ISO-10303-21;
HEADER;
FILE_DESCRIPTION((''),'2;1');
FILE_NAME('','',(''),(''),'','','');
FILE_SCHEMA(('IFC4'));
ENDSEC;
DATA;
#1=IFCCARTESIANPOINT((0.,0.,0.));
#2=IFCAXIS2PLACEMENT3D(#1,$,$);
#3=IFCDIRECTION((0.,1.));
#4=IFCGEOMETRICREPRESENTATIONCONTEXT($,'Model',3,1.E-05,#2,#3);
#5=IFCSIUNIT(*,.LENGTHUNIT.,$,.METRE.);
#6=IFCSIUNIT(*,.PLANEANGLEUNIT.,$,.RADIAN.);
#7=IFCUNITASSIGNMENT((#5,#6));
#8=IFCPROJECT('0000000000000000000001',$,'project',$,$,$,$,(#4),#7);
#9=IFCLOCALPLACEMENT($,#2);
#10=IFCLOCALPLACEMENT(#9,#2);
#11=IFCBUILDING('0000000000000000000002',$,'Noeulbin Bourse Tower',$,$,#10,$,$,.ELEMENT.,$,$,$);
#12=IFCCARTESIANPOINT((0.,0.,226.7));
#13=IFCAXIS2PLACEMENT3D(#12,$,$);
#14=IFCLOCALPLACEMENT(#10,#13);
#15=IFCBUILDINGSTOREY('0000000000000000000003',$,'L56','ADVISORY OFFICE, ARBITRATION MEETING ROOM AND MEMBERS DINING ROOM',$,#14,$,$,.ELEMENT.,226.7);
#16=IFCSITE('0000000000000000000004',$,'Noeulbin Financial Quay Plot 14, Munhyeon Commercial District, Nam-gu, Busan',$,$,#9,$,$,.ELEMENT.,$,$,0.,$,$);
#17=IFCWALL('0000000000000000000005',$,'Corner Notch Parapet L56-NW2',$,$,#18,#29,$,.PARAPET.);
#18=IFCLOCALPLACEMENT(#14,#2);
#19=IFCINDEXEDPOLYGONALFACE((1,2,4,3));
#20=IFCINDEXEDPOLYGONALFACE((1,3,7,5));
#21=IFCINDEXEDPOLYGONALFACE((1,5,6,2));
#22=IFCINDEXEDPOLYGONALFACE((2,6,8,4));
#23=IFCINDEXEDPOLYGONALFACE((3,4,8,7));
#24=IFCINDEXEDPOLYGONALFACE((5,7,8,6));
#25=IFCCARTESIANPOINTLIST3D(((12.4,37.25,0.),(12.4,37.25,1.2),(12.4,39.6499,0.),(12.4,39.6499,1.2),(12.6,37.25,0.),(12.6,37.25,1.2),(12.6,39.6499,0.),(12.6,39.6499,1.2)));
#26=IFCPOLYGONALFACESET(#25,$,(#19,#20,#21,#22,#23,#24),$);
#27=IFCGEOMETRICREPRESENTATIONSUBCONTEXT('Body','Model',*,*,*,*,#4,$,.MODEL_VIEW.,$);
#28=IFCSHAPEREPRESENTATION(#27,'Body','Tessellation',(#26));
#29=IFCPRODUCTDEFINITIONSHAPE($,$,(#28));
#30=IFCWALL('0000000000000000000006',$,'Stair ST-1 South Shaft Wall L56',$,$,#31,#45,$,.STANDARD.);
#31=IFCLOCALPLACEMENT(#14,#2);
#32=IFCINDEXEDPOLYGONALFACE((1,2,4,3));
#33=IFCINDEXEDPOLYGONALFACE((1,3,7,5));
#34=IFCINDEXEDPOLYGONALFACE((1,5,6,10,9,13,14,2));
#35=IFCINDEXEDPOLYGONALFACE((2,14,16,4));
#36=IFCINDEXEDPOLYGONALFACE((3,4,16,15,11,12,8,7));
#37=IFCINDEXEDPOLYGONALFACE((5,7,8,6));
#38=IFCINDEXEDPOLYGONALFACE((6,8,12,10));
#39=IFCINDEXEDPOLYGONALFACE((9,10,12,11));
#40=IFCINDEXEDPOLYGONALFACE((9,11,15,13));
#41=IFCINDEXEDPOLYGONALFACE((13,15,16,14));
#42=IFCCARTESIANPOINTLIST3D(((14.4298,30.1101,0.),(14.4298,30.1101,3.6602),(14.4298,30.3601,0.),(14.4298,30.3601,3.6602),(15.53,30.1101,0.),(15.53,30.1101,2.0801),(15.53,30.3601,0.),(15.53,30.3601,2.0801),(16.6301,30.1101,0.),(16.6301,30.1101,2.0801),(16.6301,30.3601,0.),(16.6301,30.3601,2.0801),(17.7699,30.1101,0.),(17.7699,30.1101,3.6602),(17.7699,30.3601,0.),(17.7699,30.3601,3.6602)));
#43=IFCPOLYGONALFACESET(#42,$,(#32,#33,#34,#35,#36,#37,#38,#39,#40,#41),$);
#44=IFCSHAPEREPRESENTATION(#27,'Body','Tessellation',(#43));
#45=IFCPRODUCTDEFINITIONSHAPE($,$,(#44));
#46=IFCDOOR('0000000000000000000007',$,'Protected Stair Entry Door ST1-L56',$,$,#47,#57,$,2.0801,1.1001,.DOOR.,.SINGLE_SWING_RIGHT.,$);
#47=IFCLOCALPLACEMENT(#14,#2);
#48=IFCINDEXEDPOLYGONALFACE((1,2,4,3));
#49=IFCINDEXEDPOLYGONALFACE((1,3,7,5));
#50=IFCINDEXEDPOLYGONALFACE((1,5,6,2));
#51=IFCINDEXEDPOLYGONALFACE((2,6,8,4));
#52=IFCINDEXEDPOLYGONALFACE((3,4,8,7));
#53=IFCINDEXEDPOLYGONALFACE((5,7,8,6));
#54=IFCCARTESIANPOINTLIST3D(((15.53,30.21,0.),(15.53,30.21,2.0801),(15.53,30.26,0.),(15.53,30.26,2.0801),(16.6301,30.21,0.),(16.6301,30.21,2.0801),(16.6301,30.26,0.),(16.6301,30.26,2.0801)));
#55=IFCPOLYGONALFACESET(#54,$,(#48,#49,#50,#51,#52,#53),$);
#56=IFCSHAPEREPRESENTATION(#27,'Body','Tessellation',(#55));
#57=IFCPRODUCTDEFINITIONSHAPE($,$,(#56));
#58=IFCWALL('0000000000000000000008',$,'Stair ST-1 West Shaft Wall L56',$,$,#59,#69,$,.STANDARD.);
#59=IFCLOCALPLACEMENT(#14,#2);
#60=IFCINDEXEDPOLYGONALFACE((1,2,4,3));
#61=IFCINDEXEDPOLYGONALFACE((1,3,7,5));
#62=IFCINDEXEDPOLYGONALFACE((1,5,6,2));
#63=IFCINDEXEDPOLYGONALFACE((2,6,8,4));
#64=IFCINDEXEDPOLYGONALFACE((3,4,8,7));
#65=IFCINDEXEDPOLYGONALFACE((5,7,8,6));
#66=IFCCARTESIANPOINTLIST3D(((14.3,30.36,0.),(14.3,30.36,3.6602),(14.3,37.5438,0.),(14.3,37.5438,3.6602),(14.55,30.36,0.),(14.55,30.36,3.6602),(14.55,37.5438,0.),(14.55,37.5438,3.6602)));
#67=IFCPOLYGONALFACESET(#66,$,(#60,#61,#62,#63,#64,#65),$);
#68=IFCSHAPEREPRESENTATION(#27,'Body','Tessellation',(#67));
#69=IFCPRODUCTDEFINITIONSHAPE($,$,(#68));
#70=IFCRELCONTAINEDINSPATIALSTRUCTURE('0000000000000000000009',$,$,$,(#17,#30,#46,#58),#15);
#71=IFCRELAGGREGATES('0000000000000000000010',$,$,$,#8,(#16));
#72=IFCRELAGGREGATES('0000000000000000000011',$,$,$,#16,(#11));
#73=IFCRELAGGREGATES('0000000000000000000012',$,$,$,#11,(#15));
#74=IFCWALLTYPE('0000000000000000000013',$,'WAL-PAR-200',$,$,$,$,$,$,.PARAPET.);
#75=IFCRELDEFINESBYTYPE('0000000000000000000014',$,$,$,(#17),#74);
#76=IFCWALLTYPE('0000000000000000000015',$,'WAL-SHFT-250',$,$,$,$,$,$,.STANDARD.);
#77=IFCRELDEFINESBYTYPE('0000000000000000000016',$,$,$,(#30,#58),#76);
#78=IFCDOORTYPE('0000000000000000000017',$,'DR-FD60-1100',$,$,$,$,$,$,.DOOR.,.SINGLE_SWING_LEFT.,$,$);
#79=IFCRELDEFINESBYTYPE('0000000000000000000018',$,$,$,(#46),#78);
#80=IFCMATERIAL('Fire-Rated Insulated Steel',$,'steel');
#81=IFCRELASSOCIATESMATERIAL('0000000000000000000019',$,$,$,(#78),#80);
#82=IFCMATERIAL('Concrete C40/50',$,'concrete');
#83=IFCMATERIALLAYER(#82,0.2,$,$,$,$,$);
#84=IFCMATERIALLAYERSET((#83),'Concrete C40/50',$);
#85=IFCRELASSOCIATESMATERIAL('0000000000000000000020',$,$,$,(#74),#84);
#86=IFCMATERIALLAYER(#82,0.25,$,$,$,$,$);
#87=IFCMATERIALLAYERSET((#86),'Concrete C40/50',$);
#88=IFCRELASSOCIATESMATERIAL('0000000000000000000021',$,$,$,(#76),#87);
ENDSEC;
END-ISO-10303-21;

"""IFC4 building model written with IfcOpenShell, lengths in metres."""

from ifc_helpers import new_model, si_unit, direction, frame, frame_2d, origin, place, context, subcontext, project, spatial, rectangle, extrude, material, layer, layer_set, type_object, element, fill, save


model = new_model("IFC4")

# Units and contexts
model_context = context("Model", 3, precision=1e-05, world=origin(), true_north=direction((0.0, 1.0)))
body_context = subcontext(model_context, "Body", "Model", "MODEL_VIEW")
ifc_project = project(units=[si_unit("LENGTHUNIT", "METRE"), si_unit("PLANEANGLEUNIT", "RADIAN")], contexts=[model_context])

# Site, building, storey
site_placement = place(None, origin())
site = spatial("IfcSite", under=ifc_project, at=site_placement, Name="Noeulbin Financial Quay Plot 14, Munhyeon Commercial District, Nam-gu, Busan", CompositionType="ELEMENT", RefElevation=0.0)
building_placement = place(site_placement, origin())
building = spatial("IfcBuilding", under=site, at=building_placement, Name="Noeulbin Bourse Tower", CompositionType="ELEMENT")
storey_placement = place(building_placement, frame((0.0, 0.0, 226.7)))
storey = spatial("IfcBuildingStorey", under=building, at=storey_placement, Name="L56", Description="ADVISORY OFFICE, ARBITRATION MEETING ROOM AND MEMBERS DINING ROOM", CompositionType="ELEMENT", Elevation=226.7)

# Shared definitions
ifc_material_1 = material(Name="Fire-Rated Insulated Steel", Category="steel")
door_type_1 = type_object("IfcDoorType", Name="DR-FD60-1100", OperationType="SINGLE_SWING_LEFT", PredefinedType="DOOR", material=ifc_material_1)

# Wall
ifc_material_2 = material(Name="Concrete C40/50", Category="concrete")
ifc_layer_1 = layer(ifc_material_2, 0.2)
ifc_layer_set_1 = layer_set([ifc_layer_1], Name="Concrete C40/50")
wall_type_1 = type_object("IfcWallType", Name="WAL-PAR-200", PredefinedType="PARAPET", material=ifc_layer_set_1)
for number, where, z_axis, x_axis, name in (
    (1, (12.5, 37.25, 0.0), (0.0, 0.0, 1.0), (0.0, 1.0, 0.0), "Corner Notch Parapet L56-NW2"),
):
    element("IfcWall", number, at=place(storey_placement, frame(where, z_axis=z_axis, x_axis=x_axis)), inside=storey, type_object=wall_type_1, Name=name, PredefinedType="PARAPET", context=body_context, shape_type="SweptSolid", body=[
        extrude(rectangle(XDim=2.3999, YDim=0.2, at=frame_2d((1.2, 0.0))), origin(), (0.0, 0.0, 1.0), 1.2),
    ])

# Wall, opening, door
ifc_layer_2 = layer(ifc_material_2, 0.25)
ifc_layer_set_2 = layer_set([ifc_layer_2], Name="Concrete C40/50")
wall_type_2 = type_object("IfcWallType", Name="WAL-SHFT-250", PredefinedType="STANDARD", material=ifc_layer_set_2)
wall_1_placement = place(storey_placement, frame((14.4299, 30.2351, 0.0), z_axis=(0.0, 0.0, 1.0), x_axis=(1.0, 0.0, 0.0)))
wall_1 = element("IfcWall", 2, at=wall_1_placement, inside=storey, type_object=wall_type_2, Name="Stair ST-1 South Shaft Wall L56", PredefinedType="STANDARD", context=body_context, shape_type="SweptSolid", body=[
    extrude(rectangle(XDim=3.3401, YDim=0.25, at=frame_2d((1.6699, 0.0))), origin(), (0.0, 0.0, 1.0), 3.6602),
])
opening_1_placement = place(wall_1_placement, frame((1.1001, 0.0, 0.0)))
opening_1 = element("IfcOpeningElement", 3, at=opening_1_placement, cuts=wall_1, PredefinedType="OPENING", context=body_context, shape_type="SweptSolid", body=[
    extrude(rectangle(XDim=1.1001, YDim=2.0801, at=frame_2d((0.55, 1.04))), frame((0.0, 0.135, 0.0), z_axis=(0.0, -1.0, 0.0), x_axis=(1.0, 0.0, 0.0)), (0.0, 0.0, 1.0), 0.27),
])
door_1_placement = place(opening_1_placement, origin())
door_1 = element("IfcDoor", 4, at=door_1_placement, inside=storey, type_object=door_type_1, Name="Protected Stair Entry Door ST1-L56", OperationType="SINGLE_SWING_RIGHT", OverallHeight=2.0801, OverallWidth=1.1001, PredefinedType="DOOR", context=body_context, shape_type="SweptSolid", body=[
    extrude(rectangle(XDim=1.1001, YDim=2.0801, at=frame_2d((0.55, 1.04))), frame((0.0, 0.0249, 0.0), z_axis=(0.0, -1.0, 0.0), x_axis=(1.0, 0.0, 0.0)), (0.0, 0.0, 1.0), 0.05),
])
fill(opening_1, door_1)

# Wall
wall_2_placement = place(storey_placement, frame((14.425, 30.3601, 0.0), z_axis=(0.0, 0.0, 1.0), x_axis=(0.0, 1.0, 0.0)))
element("IfcWall", 5, at=wall_2_placement, inside=storey, type_object=wall_type_2, Name="Stair ST-1 West Shaft Wall L56", PredefinedType="STANDARD", context=body_context, shape_type="SweptSolid", body=[
    extrude(rectangle(XDim=7.1838, YDim=0.25, at=frame_2d((3.5918, 0.0))), origin(), (0.0, 0.0, 1.0), 3.6602),
])

save(model, "model.ifc")
